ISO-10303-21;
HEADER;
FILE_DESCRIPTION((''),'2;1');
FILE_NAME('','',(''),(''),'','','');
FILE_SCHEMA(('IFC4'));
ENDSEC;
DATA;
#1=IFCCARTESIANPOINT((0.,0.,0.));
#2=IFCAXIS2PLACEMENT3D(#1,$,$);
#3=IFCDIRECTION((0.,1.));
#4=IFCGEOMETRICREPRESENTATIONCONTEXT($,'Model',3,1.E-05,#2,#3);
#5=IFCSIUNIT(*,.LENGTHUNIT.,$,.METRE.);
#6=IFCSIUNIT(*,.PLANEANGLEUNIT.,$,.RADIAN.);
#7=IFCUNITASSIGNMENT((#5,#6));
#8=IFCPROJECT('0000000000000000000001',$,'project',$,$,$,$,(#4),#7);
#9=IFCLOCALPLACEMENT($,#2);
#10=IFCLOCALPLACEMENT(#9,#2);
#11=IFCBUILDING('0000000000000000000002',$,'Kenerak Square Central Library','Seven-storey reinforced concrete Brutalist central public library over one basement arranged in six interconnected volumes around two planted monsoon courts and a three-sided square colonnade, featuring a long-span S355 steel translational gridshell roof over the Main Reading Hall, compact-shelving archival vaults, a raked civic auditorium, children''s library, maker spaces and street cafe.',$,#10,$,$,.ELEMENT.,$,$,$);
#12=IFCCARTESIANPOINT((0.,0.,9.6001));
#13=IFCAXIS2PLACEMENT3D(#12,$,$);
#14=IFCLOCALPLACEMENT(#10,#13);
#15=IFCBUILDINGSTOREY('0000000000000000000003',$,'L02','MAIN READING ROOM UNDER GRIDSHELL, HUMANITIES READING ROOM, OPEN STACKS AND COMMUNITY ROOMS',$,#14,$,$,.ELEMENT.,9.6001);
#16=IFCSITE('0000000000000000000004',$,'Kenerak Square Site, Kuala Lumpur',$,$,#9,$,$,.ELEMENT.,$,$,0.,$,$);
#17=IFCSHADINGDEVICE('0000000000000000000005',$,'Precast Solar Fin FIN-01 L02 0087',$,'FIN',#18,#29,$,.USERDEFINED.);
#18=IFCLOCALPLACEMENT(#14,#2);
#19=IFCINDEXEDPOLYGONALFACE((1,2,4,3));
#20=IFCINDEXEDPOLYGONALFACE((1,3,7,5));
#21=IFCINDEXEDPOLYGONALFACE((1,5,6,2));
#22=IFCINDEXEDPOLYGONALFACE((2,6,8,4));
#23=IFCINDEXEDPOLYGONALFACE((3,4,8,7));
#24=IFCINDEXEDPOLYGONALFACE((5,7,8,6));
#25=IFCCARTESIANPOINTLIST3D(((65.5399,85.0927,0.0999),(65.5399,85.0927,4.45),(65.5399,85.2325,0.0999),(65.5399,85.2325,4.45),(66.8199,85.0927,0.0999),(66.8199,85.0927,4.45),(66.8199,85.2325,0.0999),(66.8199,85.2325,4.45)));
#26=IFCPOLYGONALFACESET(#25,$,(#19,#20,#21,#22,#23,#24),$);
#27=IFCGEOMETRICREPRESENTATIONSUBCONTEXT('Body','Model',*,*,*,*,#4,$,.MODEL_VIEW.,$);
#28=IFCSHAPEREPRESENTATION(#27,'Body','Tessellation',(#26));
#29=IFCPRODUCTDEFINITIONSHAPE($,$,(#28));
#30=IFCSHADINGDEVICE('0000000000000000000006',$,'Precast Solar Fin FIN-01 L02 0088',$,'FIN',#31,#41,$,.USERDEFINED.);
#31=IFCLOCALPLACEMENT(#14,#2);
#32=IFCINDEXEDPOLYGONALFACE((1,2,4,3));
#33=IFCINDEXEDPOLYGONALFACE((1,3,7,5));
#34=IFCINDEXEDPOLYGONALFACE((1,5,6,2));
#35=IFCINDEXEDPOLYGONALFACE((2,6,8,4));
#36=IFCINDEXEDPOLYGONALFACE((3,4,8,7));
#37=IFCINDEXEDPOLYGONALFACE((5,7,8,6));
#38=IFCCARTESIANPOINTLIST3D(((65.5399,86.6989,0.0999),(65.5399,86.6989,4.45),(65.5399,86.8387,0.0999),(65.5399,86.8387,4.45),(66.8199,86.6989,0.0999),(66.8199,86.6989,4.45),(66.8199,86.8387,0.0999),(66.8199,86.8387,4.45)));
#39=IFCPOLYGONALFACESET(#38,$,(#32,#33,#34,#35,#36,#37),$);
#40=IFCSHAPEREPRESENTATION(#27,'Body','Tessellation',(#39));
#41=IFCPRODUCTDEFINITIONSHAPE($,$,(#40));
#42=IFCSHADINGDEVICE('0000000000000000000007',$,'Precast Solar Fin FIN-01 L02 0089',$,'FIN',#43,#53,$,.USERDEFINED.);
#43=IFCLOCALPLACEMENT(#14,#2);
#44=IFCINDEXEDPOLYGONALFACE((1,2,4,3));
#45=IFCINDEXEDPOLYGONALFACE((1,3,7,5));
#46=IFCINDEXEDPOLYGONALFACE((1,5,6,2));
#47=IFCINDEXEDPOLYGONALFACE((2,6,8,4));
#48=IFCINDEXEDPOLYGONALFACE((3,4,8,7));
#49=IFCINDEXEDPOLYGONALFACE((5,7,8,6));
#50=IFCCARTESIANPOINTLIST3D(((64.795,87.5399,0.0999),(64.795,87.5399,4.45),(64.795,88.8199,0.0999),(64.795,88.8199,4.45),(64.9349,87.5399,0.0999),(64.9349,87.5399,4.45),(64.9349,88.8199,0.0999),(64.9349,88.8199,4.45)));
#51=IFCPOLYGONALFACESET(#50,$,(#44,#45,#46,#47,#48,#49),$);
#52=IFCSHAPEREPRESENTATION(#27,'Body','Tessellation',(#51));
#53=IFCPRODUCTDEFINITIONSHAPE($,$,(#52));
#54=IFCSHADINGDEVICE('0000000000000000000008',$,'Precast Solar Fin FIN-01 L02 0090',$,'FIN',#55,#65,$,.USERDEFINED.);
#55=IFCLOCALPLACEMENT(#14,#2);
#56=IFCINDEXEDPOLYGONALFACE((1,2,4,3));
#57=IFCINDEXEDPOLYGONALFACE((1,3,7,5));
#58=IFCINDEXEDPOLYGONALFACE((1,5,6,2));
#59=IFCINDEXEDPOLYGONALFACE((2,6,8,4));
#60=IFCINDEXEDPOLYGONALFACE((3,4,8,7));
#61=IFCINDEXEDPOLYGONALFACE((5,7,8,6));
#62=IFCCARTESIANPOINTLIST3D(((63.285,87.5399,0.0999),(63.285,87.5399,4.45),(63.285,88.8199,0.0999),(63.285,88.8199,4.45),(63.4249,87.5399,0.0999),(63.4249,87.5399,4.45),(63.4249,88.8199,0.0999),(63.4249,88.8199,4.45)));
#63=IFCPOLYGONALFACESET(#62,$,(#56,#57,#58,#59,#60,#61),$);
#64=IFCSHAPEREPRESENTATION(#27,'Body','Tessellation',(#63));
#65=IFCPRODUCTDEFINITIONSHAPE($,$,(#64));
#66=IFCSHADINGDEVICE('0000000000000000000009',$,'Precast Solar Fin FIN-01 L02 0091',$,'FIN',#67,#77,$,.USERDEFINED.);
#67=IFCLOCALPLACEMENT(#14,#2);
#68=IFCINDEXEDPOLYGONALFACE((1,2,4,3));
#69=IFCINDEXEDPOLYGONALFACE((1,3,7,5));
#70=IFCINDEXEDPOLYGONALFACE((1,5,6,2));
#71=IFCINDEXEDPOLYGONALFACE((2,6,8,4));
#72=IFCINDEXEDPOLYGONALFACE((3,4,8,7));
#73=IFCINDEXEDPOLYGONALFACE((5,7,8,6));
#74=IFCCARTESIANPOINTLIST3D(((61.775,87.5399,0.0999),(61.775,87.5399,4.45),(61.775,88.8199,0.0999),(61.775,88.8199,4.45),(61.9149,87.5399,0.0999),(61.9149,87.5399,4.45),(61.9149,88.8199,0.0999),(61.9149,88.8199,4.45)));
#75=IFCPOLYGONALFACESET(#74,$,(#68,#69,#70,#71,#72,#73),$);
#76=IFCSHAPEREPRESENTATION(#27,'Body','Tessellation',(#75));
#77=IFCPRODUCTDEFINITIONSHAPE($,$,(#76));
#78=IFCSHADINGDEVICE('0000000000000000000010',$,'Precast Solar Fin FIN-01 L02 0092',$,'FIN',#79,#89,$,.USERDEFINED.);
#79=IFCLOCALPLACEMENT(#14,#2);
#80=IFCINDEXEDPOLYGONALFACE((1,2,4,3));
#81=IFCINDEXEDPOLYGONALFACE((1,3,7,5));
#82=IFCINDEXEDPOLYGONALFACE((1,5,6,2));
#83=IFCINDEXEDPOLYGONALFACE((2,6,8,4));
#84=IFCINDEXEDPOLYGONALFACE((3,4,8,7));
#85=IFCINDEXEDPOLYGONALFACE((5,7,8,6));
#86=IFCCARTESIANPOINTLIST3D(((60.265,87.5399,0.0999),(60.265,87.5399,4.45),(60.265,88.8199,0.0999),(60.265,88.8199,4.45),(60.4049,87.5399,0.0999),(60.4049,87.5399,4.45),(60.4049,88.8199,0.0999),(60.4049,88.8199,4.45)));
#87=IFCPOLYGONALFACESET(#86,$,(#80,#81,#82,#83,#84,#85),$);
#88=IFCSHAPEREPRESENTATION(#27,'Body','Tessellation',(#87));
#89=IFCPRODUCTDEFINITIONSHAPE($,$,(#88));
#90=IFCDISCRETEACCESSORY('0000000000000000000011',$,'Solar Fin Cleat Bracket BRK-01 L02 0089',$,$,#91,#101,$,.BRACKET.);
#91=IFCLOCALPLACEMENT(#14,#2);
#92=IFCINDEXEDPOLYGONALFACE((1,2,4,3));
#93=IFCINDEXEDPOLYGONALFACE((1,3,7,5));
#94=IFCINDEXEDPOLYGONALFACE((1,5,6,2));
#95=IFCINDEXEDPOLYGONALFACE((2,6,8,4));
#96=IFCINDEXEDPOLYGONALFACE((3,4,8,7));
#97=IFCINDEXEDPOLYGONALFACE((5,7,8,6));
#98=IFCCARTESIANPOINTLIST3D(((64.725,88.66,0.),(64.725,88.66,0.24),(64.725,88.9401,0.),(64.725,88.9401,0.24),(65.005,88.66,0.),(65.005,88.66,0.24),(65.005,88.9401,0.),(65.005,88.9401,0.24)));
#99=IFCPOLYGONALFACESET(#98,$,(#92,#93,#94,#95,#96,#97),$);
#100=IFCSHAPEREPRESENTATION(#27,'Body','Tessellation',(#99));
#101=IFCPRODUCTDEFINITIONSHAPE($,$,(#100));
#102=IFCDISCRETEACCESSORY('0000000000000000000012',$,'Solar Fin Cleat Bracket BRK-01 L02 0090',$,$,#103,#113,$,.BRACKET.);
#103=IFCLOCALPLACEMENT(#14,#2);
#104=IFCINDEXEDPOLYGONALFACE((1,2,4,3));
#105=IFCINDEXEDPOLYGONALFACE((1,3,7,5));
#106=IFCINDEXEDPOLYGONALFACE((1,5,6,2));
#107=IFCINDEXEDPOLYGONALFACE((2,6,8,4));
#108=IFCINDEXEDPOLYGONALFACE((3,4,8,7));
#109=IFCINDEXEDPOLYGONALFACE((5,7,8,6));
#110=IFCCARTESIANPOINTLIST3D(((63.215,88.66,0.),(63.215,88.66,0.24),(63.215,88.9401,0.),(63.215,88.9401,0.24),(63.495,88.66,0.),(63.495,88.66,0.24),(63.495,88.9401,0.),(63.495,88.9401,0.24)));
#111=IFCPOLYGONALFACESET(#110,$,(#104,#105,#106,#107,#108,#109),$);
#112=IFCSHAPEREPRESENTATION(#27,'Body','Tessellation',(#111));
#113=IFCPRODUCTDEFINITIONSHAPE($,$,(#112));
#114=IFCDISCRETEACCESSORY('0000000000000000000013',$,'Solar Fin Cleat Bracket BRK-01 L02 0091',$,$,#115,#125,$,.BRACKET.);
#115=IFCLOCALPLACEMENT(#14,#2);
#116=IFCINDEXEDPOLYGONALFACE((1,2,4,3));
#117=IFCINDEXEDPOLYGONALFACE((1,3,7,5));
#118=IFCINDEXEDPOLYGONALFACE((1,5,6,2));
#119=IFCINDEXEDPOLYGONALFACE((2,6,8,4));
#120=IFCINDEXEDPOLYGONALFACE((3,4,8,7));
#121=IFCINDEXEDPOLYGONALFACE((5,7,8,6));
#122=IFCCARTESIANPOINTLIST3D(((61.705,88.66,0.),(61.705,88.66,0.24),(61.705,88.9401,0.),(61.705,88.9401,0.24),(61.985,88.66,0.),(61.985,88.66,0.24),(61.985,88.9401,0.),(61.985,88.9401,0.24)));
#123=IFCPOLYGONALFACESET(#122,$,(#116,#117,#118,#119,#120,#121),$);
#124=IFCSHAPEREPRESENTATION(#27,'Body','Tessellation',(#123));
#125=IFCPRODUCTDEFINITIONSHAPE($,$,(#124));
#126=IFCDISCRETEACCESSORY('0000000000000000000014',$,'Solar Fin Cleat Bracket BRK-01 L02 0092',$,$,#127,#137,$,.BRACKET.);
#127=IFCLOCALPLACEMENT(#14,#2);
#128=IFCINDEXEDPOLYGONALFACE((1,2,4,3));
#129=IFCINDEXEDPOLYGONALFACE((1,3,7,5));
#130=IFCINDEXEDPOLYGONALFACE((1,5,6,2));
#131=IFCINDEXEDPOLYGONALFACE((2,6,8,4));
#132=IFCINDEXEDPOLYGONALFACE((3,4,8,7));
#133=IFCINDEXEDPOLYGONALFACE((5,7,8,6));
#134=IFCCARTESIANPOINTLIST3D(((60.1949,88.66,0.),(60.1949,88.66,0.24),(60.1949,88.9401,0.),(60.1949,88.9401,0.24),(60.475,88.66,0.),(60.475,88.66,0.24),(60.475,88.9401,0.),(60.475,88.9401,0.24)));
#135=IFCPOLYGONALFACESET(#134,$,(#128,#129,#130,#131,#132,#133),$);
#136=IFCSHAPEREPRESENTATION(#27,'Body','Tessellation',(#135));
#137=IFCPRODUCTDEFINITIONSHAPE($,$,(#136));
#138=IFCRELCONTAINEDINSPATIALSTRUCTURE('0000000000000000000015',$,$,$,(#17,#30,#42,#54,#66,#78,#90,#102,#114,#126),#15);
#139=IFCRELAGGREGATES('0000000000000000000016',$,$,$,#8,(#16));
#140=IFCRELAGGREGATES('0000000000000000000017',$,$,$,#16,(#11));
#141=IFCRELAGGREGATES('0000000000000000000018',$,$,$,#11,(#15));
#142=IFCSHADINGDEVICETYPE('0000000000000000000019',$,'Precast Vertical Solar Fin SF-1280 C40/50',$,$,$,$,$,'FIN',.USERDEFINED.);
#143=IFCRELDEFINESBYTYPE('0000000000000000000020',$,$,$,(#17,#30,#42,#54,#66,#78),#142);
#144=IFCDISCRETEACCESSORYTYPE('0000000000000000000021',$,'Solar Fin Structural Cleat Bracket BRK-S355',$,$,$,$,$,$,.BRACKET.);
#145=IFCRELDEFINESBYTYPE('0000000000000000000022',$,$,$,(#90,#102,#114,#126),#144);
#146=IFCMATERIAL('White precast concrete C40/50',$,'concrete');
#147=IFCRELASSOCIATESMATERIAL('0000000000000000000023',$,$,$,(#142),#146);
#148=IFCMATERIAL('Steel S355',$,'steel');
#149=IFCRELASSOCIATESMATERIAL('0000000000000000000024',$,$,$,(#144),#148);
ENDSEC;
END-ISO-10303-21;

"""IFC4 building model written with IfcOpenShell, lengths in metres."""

from ifc_helpers import new_model, si_unit, direction, frame, origin, origin_2d, place, context, subcontext, project, spatial, rectangle, extrude, material, type_object, element, save


model = new_model("IFC4")

# Units and contexts
model_context = context("Model", 3, precision=1e-05, world=origin(), true_north=direction((0.0, 1.0)))
body_context = subcontext(model_context, "Body", "Model", "MODEL_VIEW")
ifc_project = project(units=[si_unit("LENGTHUNIT", "METRE"), si_unit("PLANEANGLEUNIT", "RADIAN")], contexts=[model_context])

# Site, building, storey
site_placement = place(None, origin())
site = spatial("IfcSite", under=ifc_project, at=site_placement, Name="Kenerak Square Site, Kuala Lumpur", CompositionType="ELEMENT", RefElevation=0.0)
building_placement = place(site_placement, origin())
building = spatial("IfcBuilding", under=site, at=building_placement, Name="Kenerak Square Central Library", Description="Seven-storey reinforced concrete Brutalist central public library over one basement arranged in six interconnected volumes around two planted monsoon courts and a three-sided square colonnade, featuring a long-span S355 steel translational gridshell roof over the Main Reading Hall, compact-shelving archival vaults, a raked civic auditorium, children's library, maker spaces and street cafe.", CompositionType="ELEMENT")
storey_placement = place(building_placement, frame((0.0, 0.0, 9.6001)))
storey = spatial("IfcBuildingStorey", under=building, at=storey_placement, Name="L02", Description="MAIN READING ROOM UNDER GRIDSHELL, HUMANITIES READING ROOM, OPEN STACKS AND COMMUNITY ROOMS", CompositionType="ELEMENT", Elevation=9.6001)

# Shared definitions
ifc_material_1 = material(Name="Steel S355", Category="steel")

# Shading devices
ifc_material_2 = material(Name="White precast concrete C40/50", Category="concrete")
shading_device_type = type_object("IfcShadingDeviceType", Name="Precast Vertical Solar Fin SF-1280 C40/50", ElementType="FIN", PredefinedType="USERDEFINED", material=ifc_material_2)
for number, where, z_axis, x_axis, name in (
    (1, (66.1799, 85.1626, 0.0999), (0.0, 0.0, 1.0), (0.0, 1.0, 0.0), "Precast Solar Fin FIN-01 L02 0087"),
    (2, (66.1799, 86.7688, 0.0999), (0.0, 0.0, 1.0), (0.0, 1.0, 0.0), "Precast Solar Fin FIN-01 L02 0088"),
    (3, (64.865, 88.1799, 0.0999), (0.0, 0.0, 1.0), (-1.0, 0.0, 0.0), "Precast Solar Fin FIN-01 L02 0089"),
    (4, (63.355, 88.1799, 0.0999), (0.0, 0.0, 1.0), (-1.0, 0.0, 0.0), "Precast Solar Fin FIN-01 L02 0090"),
    (5, (61.845, 88.1799, 0.0999), (0.0, 0.0, 1.0), (-1.0, 0.0, 0.0), "Precast Solar Fin FIN-01 L02 0091"),
    (6, (60.335, 88.1799, 0.0999), (0.0, 0.0, 1.0), (-1.0, 0.0, 0.0), "Precast Solar Fin FIN-01 L02 0092"),
):
    element("IfcShadingDevice", number, at=place(storey_placement, frame(where, z_axis=z_axis, x_axis=x_axis)), inside=storey, type_object=shading_device_type, Name=name, ObjectType="FIN", PredefinedType="USERDEFINED", context=body_context, shape_type="SweptSolid", body=[
        extrude(rectangle(XDim=0.1399, YDim=1.28, at=origin_2d()), origin(), (0.0, 0.0, 1.0), 4.3501),
    ])

# Discrete accessories
discrete_accessory_type = type_object("IfcDiscreteAccessoryType", Name="Solar Fin Structural Cleat Bracket BRK-S355", PredefinedType="BRACKET", material=ifc_material_1)
for number, where, z_axis, x_axis, name in (
    (7, (64.865, 88.8, 0.0), (0.0, 0.0, 1.0), (-1.0, 0.0, 0.0), "Solar Fin Cleat Bracket BRK-01 L02 0089"),
    (8, (63.355, 88.8, 0.0), (0.0, 0.0, 1.0), (-1.0, 0.0, 0.0), "Solar Fin Cleat Bracket BRK-01 L02 0090"),
    (9, (61.845, 88.8, 0.0), (0.0, 0.0, 1.0), (-1.0, 0.0, 0.0), "Solar Fin Cleat Bracket BRK-01 L02 0091"),
    (10, (60.335, 88.8, 0.0), (0.0, 0.0, 1.0), (-1.0, 0.0, 0.0), "Solar Fin Cleat Bracket BRK-01 L02 0092"),
):
    element("IfcDiscreteAccessory", number, at=place(storey_placement, frame(where, z_axis=z_axis, x_axis=x_axis)), inside=storey, type_object=discrete_accessory_type, Name=name, PredefinedType="BRACKET", context=body_context, shape_type="SweptSolid", body=[
        extrude(rectangle(XDim=0.28, YDim=0.28, at=origin_2d()), origin(), (0.0, 0.0, 1.0), 0.24),
    ])

save(model, "model.ifc")
